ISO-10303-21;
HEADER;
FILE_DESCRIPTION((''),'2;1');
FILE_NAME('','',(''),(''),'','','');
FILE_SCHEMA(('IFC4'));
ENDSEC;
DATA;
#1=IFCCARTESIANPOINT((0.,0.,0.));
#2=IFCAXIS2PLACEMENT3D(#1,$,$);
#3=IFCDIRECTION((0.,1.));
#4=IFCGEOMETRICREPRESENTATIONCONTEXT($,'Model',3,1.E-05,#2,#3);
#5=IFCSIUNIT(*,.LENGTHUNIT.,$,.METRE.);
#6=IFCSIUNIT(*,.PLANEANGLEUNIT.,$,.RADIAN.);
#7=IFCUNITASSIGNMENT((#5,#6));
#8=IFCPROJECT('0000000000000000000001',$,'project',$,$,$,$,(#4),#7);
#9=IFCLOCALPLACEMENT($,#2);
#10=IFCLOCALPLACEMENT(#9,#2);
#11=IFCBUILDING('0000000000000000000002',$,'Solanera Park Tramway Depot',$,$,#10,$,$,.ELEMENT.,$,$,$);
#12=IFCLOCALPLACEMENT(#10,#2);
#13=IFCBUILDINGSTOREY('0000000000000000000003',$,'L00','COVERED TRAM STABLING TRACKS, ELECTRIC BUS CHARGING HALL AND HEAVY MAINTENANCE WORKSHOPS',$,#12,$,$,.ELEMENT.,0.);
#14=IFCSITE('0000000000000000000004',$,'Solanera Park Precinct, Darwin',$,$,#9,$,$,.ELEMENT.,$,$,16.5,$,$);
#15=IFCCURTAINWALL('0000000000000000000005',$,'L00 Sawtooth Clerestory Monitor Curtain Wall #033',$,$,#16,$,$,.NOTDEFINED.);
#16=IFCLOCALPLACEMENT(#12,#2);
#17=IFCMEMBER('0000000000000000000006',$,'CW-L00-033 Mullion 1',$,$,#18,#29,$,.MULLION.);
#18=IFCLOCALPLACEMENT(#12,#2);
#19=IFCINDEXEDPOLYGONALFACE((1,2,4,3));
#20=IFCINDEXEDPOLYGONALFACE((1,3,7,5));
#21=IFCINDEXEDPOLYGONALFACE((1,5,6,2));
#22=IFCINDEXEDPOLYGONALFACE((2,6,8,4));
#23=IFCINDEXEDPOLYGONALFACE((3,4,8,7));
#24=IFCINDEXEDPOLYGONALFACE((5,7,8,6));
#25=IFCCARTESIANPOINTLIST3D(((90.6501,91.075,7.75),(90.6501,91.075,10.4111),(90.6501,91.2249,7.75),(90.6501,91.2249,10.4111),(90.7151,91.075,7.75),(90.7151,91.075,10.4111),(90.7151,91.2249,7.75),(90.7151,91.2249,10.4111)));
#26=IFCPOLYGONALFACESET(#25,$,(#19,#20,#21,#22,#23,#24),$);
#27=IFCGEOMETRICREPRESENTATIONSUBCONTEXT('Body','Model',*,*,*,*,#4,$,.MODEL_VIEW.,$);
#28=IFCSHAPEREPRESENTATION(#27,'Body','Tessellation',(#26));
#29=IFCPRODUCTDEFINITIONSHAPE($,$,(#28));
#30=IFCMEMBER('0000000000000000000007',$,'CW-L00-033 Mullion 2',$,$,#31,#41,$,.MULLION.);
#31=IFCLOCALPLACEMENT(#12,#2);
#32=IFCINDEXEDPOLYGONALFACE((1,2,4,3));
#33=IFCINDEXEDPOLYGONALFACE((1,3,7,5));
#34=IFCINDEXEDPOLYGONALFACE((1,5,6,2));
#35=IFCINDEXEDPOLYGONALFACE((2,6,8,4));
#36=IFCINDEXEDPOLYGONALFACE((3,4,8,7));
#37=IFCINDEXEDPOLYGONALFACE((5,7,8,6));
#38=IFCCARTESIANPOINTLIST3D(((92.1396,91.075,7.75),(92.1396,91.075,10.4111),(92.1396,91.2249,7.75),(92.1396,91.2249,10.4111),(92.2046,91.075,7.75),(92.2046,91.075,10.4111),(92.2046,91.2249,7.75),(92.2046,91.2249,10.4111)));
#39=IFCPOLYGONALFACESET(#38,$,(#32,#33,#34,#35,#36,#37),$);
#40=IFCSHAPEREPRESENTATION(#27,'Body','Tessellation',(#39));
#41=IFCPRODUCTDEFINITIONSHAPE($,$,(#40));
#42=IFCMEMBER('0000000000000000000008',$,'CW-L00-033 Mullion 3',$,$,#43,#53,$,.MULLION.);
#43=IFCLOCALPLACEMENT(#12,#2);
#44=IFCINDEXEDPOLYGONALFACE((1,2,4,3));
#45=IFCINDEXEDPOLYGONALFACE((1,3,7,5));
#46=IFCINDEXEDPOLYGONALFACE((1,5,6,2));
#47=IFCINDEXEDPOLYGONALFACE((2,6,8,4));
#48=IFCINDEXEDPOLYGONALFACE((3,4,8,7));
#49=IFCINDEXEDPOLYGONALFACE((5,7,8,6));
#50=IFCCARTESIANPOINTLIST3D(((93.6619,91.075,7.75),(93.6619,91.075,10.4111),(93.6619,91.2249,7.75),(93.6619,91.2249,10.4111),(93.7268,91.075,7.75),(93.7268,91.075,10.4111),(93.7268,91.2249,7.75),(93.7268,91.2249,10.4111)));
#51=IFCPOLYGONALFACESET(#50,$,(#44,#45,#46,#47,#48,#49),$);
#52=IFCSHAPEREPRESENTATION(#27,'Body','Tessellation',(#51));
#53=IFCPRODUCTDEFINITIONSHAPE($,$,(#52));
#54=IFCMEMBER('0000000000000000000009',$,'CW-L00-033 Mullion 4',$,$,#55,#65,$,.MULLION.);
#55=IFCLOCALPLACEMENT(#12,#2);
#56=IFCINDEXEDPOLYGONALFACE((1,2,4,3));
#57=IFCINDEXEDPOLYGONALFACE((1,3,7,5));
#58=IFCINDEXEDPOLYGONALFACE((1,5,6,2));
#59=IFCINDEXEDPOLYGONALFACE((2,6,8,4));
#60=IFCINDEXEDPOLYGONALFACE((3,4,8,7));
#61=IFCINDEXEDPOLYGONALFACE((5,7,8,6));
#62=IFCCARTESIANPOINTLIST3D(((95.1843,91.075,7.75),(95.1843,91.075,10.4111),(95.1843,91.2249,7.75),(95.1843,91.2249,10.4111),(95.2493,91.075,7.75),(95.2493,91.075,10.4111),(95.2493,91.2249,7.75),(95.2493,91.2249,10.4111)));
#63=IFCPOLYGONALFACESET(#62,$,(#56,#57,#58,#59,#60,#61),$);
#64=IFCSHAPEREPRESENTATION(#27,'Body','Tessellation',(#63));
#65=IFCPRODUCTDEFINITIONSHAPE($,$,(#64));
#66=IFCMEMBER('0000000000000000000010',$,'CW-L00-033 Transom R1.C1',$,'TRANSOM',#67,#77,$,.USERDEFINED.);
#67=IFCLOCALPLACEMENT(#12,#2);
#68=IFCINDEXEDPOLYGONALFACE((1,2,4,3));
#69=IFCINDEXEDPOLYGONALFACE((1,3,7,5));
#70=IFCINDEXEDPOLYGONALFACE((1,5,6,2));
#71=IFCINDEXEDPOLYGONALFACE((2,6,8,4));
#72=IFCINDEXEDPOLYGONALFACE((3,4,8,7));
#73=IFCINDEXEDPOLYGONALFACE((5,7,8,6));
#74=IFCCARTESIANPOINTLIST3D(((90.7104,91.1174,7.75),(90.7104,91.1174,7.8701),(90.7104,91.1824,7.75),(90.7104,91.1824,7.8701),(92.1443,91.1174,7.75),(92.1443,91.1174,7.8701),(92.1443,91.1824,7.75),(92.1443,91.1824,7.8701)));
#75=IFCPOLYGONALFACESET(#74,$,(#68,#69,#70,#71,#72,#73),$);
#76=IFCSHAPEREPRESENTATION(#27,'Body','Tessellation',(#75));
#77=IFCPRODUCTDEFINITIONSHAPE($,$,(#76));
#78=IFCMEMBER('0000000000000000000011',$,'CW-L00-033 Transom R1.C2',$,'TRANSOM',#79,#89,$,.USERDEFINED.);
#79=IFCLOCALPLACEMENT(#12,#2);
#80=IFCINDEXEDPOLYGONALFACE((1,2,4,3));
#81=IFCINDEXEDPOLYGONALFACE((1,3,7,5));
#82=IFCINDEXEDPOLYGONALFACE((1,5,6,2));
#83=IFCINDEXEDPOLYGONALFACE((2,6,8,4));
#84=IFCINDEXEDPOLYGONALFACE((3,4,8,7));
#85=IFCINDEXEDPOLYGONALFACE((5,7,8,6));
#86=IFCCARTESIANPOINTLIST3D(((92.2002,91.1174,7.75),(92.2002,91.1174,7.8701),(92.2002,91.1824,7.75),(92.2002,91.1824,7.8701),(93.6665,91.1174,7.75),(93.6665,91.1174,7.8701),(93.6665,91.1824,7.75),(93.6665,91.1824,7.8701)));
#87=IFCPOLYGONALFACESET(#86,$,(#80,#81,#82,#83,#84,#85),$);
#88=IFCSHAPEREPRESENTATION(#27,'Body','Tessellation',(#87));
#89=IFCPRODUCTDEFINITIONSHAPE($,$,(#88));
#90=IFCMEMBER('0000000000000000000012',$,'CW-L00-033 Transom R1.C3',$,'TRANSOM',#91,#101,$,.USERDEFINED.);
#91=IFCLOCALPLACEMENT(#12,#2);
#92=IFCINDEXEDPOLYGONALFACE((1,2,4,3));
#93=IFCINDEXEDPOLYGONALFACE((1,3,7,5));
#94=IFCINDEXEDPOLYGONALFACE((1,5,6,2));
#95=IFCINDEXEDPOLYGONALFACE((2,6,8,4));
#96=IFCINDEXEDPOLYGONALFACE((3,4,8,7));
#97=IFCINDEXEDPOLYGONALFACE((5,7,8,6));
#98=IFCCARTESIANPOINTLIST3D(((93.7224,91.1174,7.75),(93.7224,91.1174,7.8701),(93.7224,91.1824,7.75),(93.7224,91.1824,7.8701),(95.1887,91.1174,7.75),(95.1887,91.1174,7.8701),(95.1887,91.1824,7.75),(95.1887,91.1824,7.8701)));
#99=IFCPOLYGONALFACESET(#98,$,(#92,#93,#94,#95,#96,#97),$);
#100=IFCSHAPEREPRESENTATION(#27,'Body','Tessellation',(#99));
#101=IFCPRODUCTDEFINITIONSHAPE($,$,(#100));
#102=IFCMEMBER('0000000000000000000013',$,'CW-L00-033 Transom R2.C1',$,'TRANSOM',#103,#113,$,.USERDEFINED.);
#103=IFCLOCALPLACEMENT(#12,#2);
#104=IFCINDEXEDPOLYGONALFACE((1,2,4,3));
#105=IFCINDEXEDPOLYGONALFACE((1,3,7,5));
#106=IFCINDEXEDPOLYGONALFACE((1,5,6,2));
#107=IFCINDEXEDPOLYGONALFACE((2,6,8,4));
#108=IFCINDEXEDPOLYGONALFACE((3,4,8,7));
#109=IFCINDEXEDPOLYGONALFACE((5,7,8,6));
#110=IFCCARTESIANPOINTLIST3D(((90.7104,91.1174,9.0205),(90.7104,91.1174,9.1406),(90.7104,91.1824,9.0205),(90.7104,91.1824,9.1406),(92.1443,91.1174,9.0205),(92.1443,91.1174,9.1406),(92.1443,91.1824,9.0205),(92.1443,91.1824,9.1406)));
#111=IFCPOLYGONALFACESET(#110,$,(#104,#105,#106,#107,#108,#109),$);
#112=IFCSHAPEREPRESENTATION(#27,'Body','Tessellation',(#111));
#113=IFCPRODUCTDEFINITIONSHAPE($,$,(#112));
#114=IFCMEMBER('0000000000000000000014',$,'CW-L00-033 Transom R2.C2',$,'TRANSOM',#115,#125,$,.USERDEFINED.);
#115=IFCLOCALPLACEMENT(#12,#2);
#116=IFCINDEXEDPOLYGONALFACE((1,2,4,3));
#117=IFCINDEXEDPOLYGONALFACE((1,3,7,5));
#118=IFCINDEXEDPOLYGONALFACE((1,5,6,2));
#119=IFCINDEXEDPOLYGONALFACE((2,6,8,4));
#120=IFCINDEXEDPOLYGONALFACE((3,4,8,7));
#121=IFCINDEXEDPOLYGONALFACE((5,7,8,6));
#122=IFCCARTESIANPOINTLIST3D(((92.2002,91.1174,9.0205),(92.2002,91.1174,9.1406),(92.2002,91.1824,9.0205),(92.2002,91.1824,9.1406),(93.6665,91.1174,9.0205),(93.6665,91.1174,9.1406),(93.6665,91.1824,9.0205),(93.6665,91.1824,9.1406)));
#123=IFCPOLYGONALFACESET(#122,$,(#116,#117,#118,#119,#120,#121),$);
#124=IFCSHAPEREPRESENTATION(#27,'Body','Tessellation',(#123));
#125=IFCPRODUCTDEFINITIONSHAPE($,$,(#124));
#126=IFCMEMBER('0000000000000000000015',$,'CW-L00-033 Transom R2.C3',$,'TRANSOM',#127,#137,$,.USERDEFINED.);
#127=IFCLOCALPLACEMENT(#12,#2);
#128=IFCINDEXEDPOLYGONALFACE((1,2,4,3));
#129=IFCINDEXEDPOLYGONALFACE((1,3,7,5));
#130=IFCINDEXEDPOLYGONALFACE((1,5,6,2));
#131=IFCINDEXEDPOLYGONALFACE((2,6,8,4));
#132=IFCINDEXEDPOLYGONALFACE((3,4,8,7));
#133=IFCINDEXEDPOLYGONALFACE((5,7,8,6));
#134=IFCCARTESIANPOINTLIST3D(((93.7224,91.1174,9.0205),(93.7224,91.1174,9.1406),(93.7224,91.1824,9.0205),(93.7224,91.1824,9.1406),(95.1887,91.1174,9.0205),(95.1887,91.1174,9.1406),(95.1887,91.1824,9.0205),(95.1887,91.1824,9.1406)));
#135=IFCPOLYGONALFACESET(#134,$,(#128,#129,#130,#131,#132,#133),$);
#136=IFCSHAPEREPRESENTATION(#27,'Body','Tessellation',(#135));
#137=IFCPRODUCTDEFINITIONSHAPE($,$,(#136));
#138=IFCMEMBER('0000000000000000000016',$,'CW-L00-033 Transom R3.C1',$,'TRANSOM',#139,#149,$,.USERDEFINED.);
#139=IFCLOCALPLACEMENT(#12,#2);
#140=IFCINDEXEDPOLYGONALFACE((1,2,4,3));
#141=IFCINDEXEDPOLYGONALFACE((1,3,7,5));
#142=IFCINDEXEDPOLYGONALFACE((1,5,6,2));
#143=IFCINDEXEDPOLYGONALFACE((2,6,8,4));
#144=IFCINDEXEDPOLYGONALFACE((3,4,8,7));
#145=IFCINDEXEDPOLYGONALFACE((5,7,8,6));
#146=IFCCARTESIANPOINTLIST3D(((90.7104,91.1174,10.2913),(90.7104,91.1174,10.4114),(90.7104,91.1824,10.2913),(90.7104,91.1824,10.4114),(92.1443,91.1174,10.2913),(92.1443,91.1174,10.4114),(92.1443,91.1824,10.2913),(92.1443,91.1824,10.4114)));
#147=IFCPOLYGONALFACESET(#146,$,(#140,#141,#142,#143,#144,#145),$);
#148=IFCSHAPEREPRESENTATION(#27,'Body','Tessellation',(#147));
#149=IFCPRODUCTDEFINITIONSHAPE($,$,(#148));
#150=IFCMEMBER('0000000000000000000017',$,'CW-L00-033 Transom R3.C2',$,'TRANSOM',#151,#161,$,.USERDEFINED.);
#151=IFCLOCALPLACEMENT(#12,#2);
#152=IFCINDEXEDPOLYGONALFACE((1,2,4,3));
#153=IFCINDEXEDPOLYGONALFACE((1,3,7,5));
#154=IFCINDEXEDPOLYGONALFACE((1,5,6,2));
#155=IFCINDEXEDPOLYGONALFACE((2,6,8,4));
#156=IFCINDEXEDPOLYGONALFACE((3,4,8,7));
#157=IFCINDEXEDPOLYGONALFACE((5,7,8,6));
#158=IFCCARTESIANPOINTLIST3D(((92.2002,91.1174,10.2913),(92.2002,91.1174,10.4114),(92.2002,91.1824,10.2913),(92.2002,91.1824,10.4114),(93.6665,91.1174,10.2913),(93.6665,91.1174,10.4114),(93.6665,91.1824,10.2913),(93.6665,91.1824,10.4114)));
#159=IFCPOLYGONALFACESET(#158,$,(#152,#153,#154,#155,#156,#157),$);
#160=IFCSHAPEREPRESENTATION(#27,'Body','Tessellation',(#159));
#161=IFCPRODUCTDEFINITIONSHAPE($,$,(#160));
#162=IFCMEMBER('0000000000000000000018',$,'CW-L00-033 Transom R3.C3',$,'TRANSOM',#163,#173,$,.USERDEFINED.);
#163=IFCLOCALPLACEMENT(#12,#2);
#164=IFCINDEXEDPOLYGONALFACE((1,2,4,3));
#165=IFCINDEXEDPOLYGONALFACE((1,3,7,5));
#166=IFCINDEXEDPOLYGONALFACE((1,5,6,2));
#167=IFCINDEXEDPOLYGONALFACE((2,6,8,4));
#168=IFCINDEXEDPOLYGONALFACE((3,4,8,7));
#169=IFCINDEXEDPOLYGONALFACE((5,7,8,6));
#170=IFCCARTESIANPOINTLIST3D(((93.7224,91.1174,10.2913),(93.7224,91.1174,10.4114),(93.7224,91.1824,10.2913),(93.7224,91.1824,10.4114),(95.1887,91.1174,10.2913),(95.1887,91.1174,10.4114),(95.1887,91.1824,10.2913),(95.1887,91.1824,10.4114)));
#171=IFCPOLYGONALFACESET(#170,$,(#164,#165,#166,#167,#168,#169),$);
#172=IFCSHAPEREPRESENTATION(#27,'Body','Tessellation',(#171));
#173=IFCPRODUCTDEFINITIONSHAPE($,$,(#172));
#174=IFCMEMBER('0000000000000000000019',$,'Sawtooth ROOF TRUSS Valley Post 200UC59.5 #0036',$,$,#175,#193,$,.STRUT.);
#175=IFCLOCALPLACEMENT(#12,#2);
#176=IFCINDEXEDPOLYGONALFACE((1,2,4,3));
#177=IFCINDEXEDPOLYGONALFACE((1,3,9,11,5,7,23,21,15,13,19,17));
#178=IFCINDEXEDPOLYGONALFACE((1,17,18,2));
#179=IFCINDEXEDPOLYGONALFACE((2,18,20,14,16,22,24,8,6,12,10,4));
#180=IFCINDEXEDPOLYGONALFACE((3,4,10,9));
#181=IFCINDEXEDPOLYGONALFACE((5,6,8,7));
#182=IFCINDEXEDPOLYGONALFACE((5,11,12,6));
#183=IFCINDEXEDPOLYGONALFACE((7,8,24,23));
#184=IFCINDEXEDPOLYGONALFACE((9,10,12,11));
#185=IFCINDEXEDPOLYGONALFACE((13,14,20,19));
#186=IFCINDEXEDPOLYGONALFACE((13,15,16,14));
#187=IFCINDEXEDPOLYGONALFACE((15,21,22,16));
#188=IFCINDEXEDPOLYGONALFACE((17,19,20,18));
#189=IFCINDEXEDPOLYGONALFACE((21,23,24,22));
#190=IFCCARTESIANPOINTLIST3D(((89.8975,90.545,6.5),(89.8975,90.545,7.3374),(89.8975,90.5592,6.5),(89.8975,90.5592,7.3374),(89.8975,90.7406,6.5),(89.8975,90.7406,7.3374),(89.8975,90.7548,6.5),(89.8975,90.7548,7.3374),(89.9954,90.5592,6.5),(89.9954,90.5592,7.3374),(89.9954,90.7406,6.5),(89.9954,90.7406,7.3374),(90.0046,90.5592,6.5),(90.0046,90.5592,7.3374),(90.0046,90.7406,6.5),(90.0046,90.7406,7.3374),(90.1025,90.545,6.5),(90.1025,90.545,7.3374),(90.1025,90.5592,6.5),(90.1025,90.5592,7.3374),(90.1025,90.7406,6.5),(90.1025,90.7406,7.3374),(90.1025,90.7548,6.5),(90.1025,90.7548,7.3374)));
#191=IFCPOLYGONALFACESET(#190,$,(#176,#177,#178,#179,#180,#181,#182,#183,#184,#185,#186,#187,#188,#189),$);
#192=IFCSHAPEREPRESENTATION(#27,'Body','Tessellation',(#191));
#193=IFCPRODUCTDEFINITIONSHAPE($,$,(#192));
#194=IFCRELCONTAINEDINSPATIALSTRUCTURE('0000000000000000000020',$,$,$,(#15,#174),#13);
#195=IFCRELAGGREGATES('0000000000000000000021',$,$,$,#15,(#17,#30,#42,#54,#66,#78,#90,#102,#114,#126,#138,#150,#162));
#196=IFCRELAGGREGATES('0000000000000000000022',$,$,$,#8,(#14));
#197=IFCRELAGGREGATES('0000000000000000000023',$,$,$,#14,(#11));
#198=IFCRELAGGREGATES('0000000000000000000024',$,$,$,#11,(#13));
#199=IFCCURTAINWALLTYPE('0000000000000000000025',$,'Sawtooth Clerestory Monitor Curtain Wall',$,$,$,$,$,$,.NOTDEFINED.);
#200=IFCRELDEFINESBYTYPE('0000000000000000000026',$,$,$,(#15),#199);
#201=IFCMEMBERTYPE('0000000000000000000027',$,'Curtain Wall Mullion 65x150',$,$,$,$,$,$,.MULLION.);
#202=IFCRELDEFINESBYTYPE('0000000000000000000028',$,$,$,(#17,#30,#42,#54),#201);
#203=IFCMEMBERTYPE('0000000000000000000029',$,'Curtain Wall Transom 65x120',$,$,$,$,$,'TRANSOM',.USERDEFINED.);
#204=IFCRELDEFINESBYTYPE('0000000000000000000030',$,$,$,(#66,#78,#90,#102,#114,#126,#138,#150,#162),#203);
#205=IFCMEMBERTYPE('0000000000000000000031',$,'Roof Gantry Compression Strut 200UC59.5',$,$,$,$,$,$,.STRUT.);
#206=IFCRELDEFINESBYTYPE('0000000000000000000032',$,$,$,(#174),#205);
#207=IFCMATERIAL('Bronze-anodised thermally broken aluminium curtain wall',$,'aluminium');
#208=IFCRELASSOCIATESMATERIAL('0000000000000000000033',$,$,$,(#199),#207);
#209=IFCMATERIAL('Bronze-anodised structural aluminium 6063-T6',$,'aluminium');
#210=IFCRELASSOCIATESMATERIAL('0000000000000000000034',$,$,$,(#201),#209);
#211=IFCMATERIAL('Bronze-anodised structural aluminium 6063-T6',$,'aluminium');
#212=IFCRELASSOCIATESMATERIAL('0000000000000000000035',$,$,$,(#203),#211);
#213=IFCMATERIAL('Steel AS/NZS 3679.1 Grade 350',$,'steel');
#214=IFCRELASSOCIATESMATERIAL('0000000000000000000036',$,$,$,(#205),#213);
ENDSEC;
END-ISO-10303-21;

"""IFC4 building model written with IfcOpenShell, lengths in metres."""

from ifc_helpers import new_model, si_unit, direction, frame, origin, origin_2d, place, context, subcontext, project, spatial, rectangle, i_section, extrude, material, material_profile, profile_set, type_object, element, aggregate, save


model = new_model("IFC4")

# Units and contexts
model_context = context("Model", 3, precision=1e-05, world=origin(), true_north=direction((0.0, 1.0)))
body_context = subcontext(model_context, "Body", "Model", "MODEL_VIEW")
ifc_project = project(units=[si_unit("LENGTHUNIT", "METRE"), si_unit("PLANEANGLEUNIT", "RADIAN")], contexts=[model_context])

# Site, building, storey
site_placement = place(None, origin())
site = spatial("IfcSite", under=ifc_project, at=site_placement, Name="Solanera Park Precinct, Darwin", CompositionType="ELEMENT", RefElevation=16.5)
building_placement = place(site_placement, origin())
building = spatial("IfcBuilding", under=site, at=building_placement, Name="Solanera Park Tramway Depot", CompositionType="ELEMENT")
storey_placement = place(building_placement, origin())
storey = spatial("IfcBuildingStorey", under=building, at=storey_placement, Name="L00", Description="COVERED TRAM STABLING TRACKS, ELECTRIC BUS CHARGING HALL AND HEAVY MAINTENANCE WORKSHOPS", CompositionType="ELEMENT", Elevation=0.0)

# Curtain wall, members
ifc_material_1 = material(Name="Bronze-anodised thermally broken aluminium curtain wall", Category="aluminium")
curtain_wall_type = type_object("IfcCurtainWallType", Name="Sawtooth Clerestory Monitor Curtain Wall", PredefinedType="NOTDEFINED", material=ifc_material_1)
curtain_wall_placement = place(storey_placement, origin())
curtain_wall = element("IfcCurtainWall", 1, at=curtain_wall_placement, inside=storey, type_object=curtain_wall_type, Name="L00 Sawtooth Clerestory Monitor Curtain Wall #033", PredefinedType="NOTDEFINED")
ifc_material_2 = material(Name="Bronze-anodised structural aluminium 6063-T6", Category="aluminium")
ifc_material_profile_1 = material_profile(ifc_material_2, rectangle(XDim=0.0649, YDim=0.1499, at=origin_2d()), Name="Curtain Wall Mullion 65x150")
ifc_profile_set_1 = profile_set([ifc_material_profile_1], Name="Bronze-anodised structural aluminium 6063-T6")
member_type_1 = type_object("IfcMemberType", Name="Curtain Wall Mullion 65x150", PredefinedType="MULLION", material=ifc_profile_set_1)
member_1_placement = place(storey_placement, frame((90.6826, 91.1499, 7.75), z_axis=(0.0, 0.0, 1.0), x_axis=(1.0, 0.0, 0.0)))
member_1 = element("IfcMember", 2, at=member_1_placement, type_object=member_type_1, Name="CW-L00-033 Mullion 1", PredefinedType="MULLION", context=body_context, shape_type="SweptSolid", body=[
    extrude(rectangle(XDim=0.0649, YDim=0.1499, at=origin_2d()), origin(), (0.0, 0.0, 1.0), 2.6611),
])
member_2_placement = place(storey_placement, frame((92.1721, 91.1499, 7.75), z_axis=(0.0, 0.0, 1.0), x_axis=(1.0, 0.0, 0.0)))
member_2 = element("IfcMember", 3, at=member_2_placement, type_object=member_type_1, Name="CW-L00-033 Mullion 2", PredefinedType="MULLION", context=body_context, shape_type="SweptSolid", body=[
    extrude(rectangle(XDim=0.0649, YDim=0.1499, at=origin_2d()), origin(), (0.0, 0.0, 1.0), 2.6611),
])
member_3_placement = place(storey_placement, frame((93.6943, 91.1499, 7.75), z_axis=(0.0, 0.0, 1.0), x_axis=(1.0, 0.0, 0.0)))
member_3 = element("IfcMember", 4, at=member_3_placement, type_object=member_type_1, Name="CW-L00-033 Mullion 3", PredefinedType="MULLION", context=body_context, shape_type="SweptSolid", body=[
    extrude(rectangle(XDim=0.0649, YDim=0.1499, at=origin_2d()), origin(), (0.0, 0.0, 1.0), 2.6611),
])
member_4_placement = place(storey_placement, frame((95.2168, 91.1499, 7.75), z_axis=(0.0, 0.0, 1.0), x_axis=(1.0, 0.0, 0.0)))
member_4 = element("IfcMember", 5, at=member_4_placement, type_object=member_type_1, Name="CW-L00-033 Mullion 4", PredefinedType="MULLION", context=body_context, shape_type="SweptSolid", body=[
    extrude(rectangle(XDim=0.0649, YDim=0.1499, at=origin_2d()), origin(), (0.0, 0.0, 1.0), 2.6611),
])
ifc_material_3 = material(Name="Bronze-anodised structural aluminium 6063-T6", Category="aluminium")
ifc_material_profile_2 = material_profile(ifc_material_3, rectangle(XDim=0.0649, YDim=0.1201, at=origin_2d()), Name="Curtain Wall Transom 65x120")
ifc_profile_set_2 = profile_set([ifc_material_profile_2], Name="Bronze-anodised structural aluminium 6063-T6")
member_type_2 = type_object("IfcMemberType", Name="Curtain Wall Transom 65x120", ElementType="TRANSOM", PredefinedType="USERDEFINED", material=ifc_profile_set_2)
member_5_placement = place(storey_placement, frame((90.7104, 91.1499, 7.8101), z_axis=(1.0, 0.0, 0.0), x_axis=(0.0, 1.0, 0.0)))
member_5 = element("IfcMember", 6, at=member_5_placement, type_object=member_type_2, Name="CW-L00-033 Transom R1.C1", ObjectType="TRANSOM", PredefinedType="USERDEFINED", context=body_context, shape_type="SweptSolid", body=[
    extrude(rectangle(XDim=0.0649, YDim=0.1201, at=origin_2d()), origin(), (0.0, 0.0, 1.0), 1.4338),
])
member_6_placement = place(storey_placement, frame((92.2002, 91.1499, 7.8101), z_axis=(1.0, 0.0, 0.0), x_axis=(0.0, 1.0, 0.0)))
member_6 = element("IfcMember", 7, at=member_6_placement, type_object=member_type_2, Name="CW-L00-033 Transom R1.C2", ObjectType="TRANSOM", PredefinedType="USERDEFINED", context=body_context, shape_type="SweptSolid", body=[
    extrude(rectangle(XDim=0.0649, YDim=0.1201, at=origin_2d()), origin(), (0.0, 0.0, 1.0), 1.4663),
])
member_7_placement = place(storey_placement, frame((93.7224, 91.1499, 7.8101), z_axis=(1.0, 0.0, 0.0), x_axis=(0.0, 1.0, 0.0)))
member_7 = element("IfcMember", 8, at=member_7_placement, type_object=member_type_2, Name="CW-L00-033 Transom R1.C3", ObjectType="TRANSOM", PredefinedType="USERDEFINED", context=body_context, shape_type="SweptSolid", body=[
    extrude(rectangle(XDim=0.0649, YDim=0.1201, at=origin_2d()), origin(), (0.0, 0.0, 1.0), 1.4663),
])
member_8_placement = place(storey_placement, frame((90.7104, 91.1499, 9.0806), z_axis=(1.0, 0.0, 0.0), x_axis=(0.0, 1.0, 0.0)))
member_8 = element("IfcMember", 9, at=member_8_placement, type_object=member_type_2, Name="CW-L00-033 Transom R2.C1", ObjectType="TRANSOM", PredefinedType="USERDEFINED", context=body_context, shape_type="SweptSolid", body=[
    extrude(rectangle(XDim=0.0649, YDim=0.1201, at=origin_2d()), origin(), (0.0, 0.0, 1.0), 1.4338),
])
member_9_placement = place(storey_placement, frame((92.2002, 91.1499, 9.0806), z_axis=(1.0, 0.0, 0.0), x_axis=(0.0, 1.0, 0.0)))
member_9 = element("IfcMember", 10, at=member_9_placement, type_object=member_type_2, Name="CW-L00-033 Transom R2.C2", ObjectType="TRANSOM", PredefinedType="USERDEFINED", context=body_context, shape_type="SweptSolid", body=[
    extrude(rectangle(XDim=0.0649, YDim=0.1201, at=origin_2d()), origin(), (0.0, 0.0, 1.0), 1.4663),
])
member_10_placement = place(storey_placement, frame((93.7224, 91.1499, 9.0806), z_axis=(1.0, 0.0, 0.0), x_axis=(0.0, 1.0, 0.0)))
member_10 = element("IfcMember", 11, at=member_10_placement, type_object=member_type_2, Name="CW-L00-033 Transom R2.C3", ObjectType="TRANSOM", PredefinedType="USERDEFINED", context=body_context, shape_type="SweptSolid", body=[
    extrude(rectangle(XDim=0.0649, YDim=0.1201, at=origin_2d()), origin(), (0.0, 0.0, 1.0), 1.4663),
])
member_11_placement = place(storey_placement, frame((90.7104, 91.1499, 10.3513), z_axis=(1.0, 0.0, 0.0), x_axis=(0.0, 1.0, 0.0)))
member_11 = element("IfcMember", 12, at=member_11_placement, type_object=member_type_2, Name="CW-L00-033 Transom R3.C1", ObjectType="TRANSOM", PredefinedType="USERDEFINED", context=body_context, shape_type="SweptSolid", body=[
    extrude(rectangle(XDim=0.0649, YDim=0.1201, at=origin_2d()), origin(), (0.0, 0.0, 1.0), 1.4338),
])
member_12_placement = place(storey_placement, frame((92.2002, 91.1499, 10.3513), z_axis=(1.0, 0.0, 0.0), x_axis=(0.0, 1.0, 0.0)))
member_12 = element("IfcMember", 13, at=member_12_placement, type_object=member_type_2, Name="CW-L00-033 Transom R3.C2", ObjectType="TRANSOM", PredefinedType="USERDEFINED", context=body_context, shape_type="SweptSolid", body=[
    extrude(rectangle(XDim=0.0649, YDim=0.1201, at=origin_2d()), origin(), (0.0, 0.0, 1.0), 1.4663),
])
member_13_placement = place(storey_placement, frame((93.7224, 91.1499, 10.3513), z_axis=(1.0, 0.0, 0.0), x_axis=(0.0, 1.0, 0.0)))
member_13 = element("IfcMember", 14, at=member_13_placement, type_object=member_type_2, Name="CW-L00-033 Transom R3.C3", ObjectType="TRANSOM", PredefinedType="USERDEFINED", context=body_context, shape_type="SweptSolid", body=[
    extrude(rectangle(XDim=0.0649, YDim=0.1201, at=origin_2d()), origin(), (0.0, 0.0, 1.0), 1.4663),
])

# Member
ifc_material_4 = material(Name="Steel AS/NZS 3679.1 Grade 350", Category="steel")
ifc_material_profile_3 = material_profile(ifc_material_4, i_section(OverallWidth=0.2051, OverallDepth=0.2097, WebThickness=0.0093, FlangeThickness=0.0142, at=origin_2d()), Name="200UC59.5")
ifc_profile_set_3 = profile_set([ifc_material_profile_3], Name="Steel AS/NZS 3679.1 Grade 350")
member_type_3 = type_object("IfcMemberType", Name="Roof Gantry Compression Strut 200UC59.5", PredefinedType="STRUT", material=ifc_profile_set_3)
member_14_placement = place(storey_placement, frame((90.0, 90.6499, 6.5), z_axis=(0.0, 0.0, 1.0), x_axis=(1.0, 0.0, 0.0)))
element("IfcMember", 15, at=member_14_placement, inside=storey, type_object=member_type_3, Name="Sawtooth ROOF TRUSS Valley Post 200UC59.5 #0036", PredefinedType="STRUT", context=body_context, shape_type="SweptSolid", body=[
    extrude(i_section(OverallWidth=0.2051, OverallDepth=0.2097, WebThickness=0.0093, FlangeThickness=0.0142, at=origin_2d()), origin(), (0.0, 0.0, 1.0), 0.8374),
])

aggregate(curtain_wall, [member_1, member_2, member_3, member_4, member_5, member_6, member_7, member_8, member_9, member_10, member_11, member_12, member_13])

save(model, "model.ifc")
